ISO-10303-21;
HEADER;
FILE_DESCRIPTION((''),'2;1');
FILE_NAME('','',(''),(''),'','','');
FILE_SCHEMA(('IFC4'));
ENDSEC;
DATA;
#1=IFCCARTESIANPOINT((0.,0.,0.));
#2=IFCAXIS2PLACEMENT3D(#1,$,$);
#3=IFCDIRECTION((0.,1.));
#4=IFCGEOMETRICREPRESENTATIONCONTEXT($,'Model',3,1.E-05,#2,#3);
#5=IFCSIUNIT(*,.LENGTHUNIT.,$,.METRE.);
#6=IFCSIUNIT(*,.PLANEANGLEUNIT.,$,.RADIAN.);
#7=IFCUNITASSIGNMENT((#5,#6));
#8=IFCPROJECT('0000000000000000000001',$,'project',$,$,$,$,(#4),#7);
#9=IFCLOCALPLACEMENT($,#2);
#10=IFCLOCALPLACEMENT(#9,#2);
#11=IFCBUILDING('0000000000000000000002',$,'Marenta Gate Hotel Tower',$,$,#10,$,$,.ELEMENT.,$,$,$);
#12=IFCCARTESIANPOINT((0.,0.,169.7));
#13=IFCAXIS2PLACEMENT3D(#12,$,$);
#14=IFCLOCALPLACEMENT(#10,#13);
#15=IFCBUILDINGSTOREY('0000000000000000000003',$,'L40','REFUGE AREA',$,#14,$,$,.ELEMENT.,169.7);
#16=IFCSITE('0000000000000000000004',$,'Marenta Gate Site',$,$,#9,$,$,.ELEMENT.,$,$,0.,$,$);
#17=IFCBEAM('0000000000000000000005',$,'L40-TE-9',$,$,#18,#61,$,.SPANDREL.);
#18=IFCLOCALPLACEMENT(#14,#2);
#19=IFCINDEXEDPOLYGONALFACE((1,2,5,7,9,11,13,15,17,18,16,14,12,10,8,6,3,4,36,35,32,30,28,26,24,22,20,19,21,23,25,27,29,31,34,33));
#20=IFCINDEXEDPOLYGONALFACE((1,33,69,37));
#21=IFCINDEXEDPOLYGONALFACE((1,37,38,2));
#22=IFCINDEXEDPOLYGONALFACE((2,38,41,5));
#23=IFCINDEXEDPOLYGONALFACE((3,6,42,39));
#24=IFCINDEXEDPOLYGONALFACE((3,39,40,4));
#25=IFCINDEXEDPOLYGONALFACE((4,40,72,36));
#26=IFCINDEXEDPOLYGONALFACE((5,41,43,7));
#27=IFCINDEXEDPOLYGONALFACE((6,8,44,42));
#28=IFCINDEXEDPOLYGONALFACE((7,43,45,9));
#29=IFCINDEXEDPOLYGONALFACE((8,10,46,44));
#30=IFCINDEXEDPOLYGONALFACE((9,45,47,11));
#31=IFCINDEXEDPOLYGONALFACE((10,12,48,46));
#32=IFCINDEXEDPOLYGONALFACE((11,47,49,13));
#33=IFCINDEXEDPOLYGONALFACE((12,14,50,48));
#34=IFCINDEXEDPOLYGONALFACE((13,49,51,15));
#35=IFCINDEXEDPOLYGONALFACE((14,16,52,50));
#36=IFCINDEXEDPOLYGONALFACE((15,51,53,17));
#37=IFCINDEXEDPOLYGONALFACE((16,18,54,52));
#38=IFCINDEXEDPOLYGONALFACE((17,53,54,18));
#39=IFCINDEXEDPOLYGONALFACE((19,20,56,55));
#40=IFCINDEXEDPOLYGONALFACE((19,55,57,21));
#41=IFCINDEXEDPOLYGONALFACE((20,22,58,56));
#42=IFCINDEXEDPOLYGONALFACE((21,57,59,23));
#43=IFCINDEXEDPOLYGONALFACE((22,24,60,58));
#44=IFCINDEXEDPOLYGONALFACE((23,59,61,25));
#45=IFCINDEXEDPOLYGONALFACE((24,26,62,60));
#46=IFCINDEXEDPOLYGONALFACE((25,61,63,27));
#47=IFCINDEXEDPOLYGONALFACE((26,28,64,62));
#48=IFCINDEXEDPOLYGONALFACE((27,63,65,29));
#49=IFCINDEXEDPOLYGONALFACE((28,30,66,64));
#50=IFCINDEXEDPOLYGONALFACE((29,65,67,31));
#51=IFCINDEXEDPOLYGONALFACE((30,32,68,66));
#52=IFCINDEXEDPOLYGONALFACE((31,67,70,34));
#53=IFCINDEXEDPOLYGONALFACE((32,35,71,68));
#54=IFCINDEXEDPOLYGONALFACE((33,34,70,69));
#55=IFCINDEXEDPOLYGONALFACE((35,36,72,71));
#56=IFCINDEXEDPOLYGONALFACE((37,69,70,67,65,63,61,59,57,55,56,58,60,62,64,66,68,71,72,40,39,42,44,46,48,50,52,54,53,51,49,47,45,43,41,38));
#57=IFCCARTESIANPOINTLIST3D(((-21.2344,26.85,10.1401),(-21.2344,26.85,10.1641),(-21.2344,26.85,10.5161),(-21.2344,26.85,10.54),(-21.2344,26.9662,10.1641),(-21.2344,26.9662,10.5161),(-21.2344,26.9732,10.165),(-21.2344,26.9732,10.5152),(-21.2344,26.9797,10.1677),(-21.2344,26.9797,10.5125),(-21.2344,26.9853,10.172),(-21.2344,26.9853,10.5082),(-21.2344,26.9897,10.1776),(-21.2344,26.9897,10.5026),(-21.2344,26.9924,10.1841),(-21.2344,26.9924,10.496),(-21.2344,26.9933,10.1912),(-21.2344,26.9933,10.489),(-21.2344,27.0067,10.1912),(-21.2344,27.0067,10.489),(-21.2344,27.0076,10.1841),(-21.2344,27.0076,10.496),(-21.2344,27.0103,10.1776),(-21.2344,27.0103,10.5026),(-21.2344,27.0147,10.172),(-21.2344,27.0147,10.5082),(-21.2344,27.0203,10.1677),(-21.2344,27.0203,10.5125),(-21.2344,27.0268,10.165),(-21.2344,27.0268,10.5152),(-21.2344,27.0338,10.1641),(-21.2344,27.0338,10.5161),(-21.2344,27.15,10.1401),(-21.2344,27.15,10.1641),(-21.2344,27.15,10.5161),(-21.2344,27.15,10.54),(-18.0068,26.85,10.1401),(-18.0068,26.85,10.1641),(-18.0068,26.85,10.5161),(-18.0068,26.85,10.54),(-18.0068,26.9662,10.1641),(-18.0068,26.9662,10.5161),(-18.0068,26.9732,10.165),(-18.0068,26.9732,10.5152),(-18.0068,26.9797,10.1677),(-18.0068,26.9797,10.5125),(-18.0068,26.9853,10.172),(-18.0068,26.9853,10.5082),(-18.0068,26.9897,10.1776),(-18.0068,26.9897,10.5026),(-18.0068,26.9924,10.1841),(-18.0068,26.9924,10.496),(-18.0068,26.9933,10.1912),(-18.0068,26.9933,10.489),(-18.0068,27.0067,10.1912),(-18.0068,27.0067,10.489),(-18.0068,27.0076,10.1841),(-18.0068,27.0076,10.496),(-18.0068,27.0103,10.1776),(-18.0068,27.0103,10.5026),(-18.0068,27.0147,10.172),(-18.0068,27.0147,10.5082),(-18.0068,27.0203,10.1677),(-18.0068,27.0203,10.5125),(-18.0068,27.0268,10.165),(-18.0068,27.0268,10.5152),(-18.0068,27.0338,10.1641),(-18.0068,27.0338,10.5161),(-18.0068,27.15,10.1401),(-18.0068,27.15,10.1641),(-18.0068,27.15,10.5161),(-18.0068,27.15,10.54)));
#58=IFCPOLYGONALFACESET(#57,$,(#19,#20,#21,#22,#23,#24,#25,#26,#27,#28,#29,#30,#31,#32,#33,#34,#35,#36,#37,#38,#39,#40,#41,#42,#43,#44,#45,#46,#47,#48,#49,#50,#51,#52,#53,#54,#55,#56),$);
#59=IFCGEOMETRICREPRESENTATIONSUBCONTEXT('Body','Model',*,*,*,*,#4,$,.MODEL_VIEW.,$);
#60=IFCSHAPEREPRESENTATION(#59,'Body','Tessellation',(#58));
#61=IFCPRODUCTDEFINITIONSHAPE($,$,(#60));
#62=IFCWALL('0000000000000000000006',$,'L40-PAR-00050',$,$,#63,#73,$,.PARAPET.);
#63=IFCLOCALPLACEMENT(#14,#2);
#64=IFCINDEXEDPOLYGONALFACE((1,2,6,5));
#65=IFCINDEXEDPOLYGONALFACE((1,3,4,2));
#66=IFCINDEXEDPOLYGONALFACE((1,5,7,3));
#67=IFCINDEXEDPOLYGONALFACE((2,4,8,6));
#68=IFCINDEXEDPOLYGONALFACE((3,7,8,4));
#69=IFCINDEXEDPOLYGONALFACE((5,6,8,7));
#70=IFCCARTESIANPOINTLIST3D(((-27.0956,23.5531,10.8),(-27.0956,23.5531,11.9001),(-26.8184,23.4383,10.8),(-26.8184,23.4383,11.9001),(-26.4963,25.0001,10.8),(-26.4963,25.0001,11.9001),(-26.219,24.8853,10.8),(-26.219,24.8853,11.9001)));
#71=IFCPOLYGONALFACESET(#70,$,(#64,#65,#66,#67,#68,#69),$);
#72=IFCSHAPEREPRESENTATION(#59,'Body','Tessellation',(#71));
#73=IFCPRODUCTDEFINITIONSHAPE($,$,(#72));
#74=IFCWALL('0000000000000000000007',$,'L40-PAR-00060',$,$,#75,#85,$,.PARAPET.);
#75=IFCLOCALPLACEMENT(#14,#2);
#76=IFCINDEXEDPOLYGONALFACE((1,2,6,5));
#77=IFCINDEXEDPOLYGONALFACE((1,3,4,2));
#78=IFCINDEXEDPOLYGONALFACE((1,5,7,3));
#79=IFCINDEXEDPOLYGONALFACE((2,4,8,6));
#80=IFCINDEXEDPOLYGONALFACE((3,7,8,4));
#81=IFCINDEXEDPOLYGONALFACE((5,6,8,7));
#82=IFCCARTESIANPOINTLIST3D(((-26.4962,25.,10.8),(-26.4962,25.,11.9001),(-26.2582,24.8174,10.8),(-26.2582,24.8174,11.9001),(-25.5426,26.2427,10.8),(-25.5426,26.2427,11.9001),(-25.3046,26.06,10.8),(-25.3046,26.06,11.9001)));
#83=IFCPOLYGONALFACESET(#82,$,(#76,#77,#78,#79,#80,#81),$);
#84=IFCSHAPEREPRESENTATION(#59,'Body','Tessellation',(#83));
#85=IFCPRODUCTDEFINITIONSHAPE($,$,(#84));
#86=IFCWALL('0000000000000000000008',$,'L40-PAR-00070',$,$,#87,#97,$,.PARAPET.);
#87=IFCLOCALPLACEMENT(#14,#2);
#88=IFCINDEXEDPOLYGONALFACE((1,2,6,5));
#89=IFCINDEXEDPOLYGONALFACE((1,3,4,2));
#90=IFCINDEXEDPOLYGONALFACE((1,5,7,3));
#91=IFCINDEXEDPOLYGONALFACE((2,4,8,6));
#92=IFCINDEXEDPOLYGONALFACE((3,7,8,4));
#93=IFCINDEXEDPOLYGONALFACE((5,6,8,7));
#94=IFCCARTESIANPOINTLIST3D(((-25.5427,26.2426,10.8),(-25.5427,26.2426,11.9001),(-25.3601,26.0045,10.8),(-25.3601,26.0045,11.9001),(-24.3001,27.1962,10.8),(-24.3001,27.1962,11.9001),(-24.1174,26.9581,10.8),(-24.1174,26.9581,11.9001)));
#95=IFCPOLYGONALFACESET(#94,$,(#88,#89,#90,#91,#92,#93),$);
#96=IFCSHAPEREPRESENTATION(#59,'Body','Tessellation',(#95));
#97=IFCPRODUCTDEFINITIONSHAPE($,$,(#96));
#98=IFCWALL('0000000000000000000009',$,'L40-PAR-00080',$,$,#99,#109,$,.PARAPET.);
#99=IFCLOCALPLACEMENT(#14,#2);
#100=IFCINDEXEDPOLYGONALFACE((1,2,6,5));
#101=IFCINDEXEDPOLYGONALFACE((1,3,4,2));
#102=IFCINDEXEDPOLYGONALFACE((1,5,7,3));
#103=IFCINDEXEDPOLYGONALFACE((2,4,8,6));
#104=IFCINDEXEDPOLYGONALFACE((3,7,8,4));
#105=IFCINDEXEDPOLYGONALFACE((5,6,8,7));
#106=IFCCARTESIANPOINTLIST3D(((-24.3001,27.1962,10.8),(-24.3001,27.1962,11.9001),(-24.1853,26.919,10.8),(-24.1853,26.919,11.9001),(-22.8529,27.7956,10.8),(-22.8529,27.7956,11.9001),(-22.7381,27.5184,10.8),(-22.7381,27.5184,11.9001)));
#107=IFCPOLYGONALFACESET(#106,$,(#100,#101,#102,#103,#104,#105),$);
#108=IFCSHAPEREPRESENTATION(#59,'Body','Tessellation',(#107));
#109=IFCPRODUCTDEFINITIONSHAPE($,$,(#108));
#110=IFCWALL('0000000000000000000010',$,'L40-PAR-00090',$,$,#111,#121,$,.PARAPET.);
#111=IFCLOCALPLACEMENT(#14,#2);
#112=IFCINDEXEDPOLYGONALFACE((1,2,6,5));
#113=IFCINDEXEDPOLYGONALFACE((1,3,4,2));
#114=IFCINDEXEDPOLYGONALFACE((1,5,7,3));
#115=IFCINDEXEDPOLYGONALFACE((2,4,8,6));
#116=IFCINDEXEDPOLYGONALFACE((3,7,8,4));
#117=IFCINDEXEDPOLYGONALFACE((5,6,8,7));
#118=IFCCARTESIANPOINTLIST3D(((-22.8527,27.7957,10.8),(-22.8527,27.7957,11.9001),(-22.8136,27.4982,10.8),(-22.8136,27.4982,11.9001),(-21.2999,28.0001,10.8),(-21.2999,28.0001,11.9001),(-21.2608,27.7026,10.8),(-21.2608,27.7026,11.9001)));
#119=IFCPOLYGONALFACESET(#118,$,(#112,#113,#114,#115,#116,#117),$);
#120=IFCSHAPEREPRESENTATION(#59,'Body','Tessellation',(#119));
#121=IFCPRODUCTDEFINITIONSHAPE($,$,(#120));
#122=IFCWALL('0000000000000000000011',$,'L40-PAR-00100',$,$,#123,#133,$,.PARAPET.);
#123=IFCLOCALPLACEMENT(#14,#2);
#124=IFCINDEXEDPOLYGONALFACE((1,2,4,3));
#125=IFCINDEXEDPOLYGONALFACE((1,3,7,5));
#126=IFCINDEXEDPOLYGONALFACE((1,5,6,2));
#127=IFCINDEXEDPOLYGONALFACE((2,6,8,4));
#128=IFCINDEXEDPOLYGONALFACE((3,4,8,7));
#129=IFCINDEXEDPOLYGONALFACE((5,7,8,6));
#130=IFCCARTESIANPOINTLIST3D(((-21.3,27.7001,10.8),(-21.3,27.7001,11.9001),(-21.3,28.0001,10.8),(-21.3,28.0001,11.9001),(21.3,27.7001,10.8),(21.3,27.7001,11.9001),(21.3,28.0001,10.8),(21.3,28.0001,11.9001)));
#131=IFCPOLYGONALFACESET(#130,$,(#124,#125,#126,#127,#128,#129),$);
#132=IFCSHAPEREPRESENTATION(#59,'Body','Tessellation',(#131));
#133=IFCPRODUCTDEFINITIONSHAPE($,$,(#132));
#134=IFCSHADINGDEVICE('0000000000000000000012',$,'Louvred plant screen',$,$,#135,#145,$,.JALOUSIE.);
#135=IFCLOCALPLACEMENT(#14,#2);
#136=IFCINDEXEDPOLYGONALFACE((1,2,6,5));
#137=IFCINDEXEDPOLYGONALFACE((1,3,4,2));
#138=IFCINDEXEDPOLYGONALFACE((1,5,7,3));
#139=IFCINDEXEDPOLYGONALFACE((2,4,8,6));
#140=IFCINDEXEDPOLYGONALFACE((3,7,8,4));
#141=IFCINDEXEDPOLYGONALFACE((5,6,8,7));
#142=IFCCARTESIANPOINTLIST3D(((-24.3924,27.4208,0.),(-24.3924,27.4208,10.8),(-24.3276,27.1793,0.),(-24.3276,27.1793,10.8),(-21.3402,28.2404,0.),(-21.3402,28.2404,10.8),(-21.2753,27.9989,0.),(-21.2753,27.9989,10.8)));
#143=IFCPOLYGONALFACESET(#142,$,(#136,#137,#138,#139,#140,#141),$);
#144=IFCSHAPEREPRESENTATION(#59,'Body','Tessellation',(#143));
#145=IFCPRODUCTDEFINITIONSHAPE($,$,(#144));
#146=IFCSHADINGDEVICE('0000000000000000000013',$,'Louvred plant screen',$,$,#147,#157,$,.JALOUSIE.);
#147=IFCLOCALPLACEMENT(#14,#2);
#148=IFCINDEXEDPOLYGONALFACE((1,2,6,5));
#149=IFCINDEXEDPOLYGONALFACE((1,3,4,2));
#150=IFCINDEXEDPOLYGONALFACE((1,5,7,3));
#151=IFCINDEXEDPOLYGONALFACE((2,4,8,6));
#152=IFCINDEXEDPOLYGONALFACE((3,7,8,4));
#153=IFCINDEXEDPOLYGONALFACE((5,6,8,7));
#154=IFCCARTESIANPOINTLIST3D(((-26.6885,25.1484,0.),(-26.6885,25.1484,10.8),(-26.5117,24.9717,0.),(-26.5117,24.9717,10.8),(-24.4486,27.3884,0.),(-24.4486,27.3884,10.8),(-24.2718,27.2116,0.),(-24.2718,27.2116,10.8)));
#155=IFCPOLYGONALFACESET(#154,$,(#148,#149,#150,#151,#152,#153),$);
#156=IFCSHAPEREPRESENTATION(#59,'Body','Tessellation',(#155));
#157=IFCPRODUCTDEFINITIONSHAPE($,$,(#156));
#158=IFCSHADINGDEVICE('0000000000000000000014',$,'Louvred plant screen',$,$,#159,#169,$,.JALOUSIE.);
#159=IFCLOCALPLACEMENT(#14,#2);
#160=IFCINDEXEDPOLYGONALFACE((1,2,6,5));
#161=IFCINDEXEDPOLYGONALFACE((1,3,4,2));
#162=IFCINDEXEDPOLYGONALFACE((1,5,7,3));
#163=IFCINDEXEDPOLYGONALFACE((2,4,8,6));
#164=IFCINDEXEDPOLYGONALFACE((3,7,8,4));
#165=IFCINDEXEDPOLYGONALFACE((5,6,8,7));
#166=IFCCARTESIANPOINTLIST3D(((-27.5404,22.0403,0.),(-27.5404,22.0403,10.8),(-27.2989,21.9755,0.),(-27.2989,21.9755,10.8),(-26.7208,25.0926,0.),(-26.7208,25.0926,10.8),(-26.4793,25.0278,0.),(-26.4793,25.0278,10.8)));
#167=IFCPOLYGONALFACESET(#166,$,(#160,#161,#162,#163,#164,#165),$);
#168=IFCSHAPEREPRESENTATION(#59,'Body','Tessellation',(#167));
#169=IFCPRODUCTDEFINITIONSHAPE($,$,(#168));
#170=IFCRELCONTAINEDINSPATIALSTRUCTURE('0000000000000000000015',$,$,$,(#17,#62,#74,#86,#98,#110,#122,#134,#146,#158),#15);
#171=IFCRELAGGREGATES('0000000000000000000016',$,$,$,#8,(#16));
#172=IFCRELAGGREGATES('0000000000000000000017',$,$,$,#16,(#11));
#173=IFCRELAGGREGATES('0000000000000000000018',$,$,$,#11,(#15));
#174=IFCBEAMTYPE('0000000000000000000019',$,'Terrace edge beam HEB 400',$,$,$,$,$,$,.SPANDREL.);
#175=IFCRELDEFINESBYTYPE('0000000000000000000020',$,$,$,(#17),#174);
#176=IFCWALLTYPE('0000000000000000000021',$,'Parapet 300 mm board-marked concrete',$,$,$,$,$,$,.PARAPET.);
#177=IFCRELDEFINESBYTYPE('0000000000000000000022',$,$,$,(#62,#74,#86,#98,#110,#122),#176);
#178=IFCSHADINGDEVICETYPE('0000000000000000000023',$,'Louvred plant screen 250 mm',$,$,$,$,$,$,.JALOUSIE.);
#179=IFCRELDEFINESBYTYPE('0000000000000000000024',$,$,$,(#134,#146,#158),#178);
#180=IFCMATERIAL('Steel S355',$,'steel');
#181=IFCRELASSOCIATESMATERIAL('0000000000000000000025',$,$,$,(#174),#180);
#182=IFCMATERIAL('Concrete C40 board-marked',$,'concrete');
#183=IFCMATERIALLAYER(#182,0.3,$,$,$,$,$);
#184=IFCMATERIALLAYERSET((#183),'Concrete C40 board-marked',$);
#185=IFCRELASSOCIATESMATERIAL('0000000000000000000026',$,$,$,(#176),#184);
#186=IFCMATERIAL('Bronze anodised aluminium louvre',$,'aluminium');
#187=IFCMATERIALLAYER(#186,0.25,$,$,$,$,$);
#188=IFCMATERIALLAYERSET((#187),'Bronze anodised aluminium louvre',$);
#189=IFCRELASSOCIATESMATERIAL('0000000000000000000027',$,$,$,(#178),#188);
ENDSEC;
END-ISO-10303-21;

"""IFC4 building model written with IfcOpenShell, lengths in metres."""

from ifc_helpers import new_model, si_unit, direction, frame, frame_2d, origin, origin_2d, place, context, subcontext, project, spatial, rectangle, i_section, extrude, material, layer, layer_set, material_profile, profile_set, type_object, element, save


model = new_model("IFC4")

# Units and contexts
model_context = context("Model", 3, precision=1e-05, world=origin(), true_north=direction((0.0, 1.0)))
body_context = subcontext(model_context, "Body", "Model", "MODEL_VIEW")
ifc_project = project(units=[si_unit("LENGTHUNIT", "METRE"), si_unit("PLANEANGLEUNIT", "RADIAN")], contexts=[model_context])

# Site, building, storey
site_placement = place(None, origin())
site = spatial("IfcSite", under=ifc_project, at=site_placement, Name="Marenta Gate Site", CompositionType="ELEMENT", RefElevation=0.0)
building_placement = place(site_placement, origin())
building = spatial("IfcBuilding", under=site, at=building_placement, Name="Marenta Gate Hotel Tower", CompositionType="ELEMENT")
storey_placement = place(building_placement, frame((0.0, 0.0, 169.7)))
storey = spatial("IfcBuildingStorey", under=building, at=storey_placement, Name="L40", Description="REFUGE AREA", CompositionType="ELEMENT", Elevation=169.7)

# Beam
ifc_material_1 = material(Name="Steel S355", Category="steel")
ifc_material_profile_1 = material_profile(ifc_material_1, i_section(OverallWidth=0.3, OverallDepth=0.3999, WebThickness=0.0134, FlangeThickness=0.0239, FilletRadius=0.0271, at=origin_2d()), Name="HEB 400")
ifc_profile_set_1 = profile_set([ifc_material_profile_1], Name="Steel S355")
beam_type_1 = type_object("IfcBeamType", Name="Terrace edge beam HEB 400", PredefinedType="SPANDREL", material=ifc_profile_set_1)
beam_1_placement = place(storey_placement, frame((-21.2344, 27.0, 10.3401), z_axis=(1.0, 0.0, 0.0), x_axis=(0.0, 1.0, 0.0)))
element("IfcBeam", 1, at=beam_1_placement, inside=storey, type_object=beam_type_1, Name="L40-TE-9", PredefinedType="SPANDREL", context=body_context, shape_type="SweptSolid", body=[
    extrude(i_section(OverallWidth=0.3, OverallDepth=0.3999, WebThickness=0.0134, FlangeThickness=0.0239, FilletRadius=0.0271, at=origin_2d()), origin(), (0.0, 0.0, 1.0), 3.2275),
])

# Walls
ifc_material_2 = material(Name="Concrete C40 board-marked", Category="concrete")
ifc_layer_1 = layer(ifc_material_2, 0.3)
ifc_layer_set_1 = layer_set([ifc_layer_1], Name="Concrete C40 board-marked")
wall_type = type_object("IfcWallType", Name="Parapet 300 mm board-marked concrete", PredefinedType="PARAPET", material=ifc_layer_set_1)
wall_1_placement = place(storey_placement, frame((-26.957, 23.4956, 10.8), z_axis=(0.0, 0.0, 1.0), x_axis=(0.382678, 0.923882, 0.0)))
element("IfcWall", 2, at=wall_1_placement, inside=storey, type_object=wall_type, Name="L40-PAR-00050", PredefinedType="PARAPET", context=body_context, shape_type="SweptSolid", body=[
    extrude(rectangle(XDim=1.5662, YDim=0.3, at=frame_2d((0.7832, 0.0))), origin(), (0.0, 0.0, 1.0), 1.1001),
])
for number, where, z_axis, x_axis, name in (
    (3, (-26.3772, 24.9087, 10.8), (0.0, 0.0, 1.0), (0.608791, 0.79333, 0.0), "L40-PAR-00060"),
    (4, (-25.4514, 26.1235, 10.8), (0.0, 0.0, 1.0), (0.79333, 0.608791, 0.0), "L40-PAR-00070"),
    (5, (-24.2427, 27.0576, 10.8), (0.0, 0.0, 1.0), (0.923905, 0.382623, 0.0), "L40-PAR-00080"),
):
    element("IfcWall", number, at=place(storey_placement, frame(where, z_axis=z_axis, x_axis=x_axis)), inside=storey, type_object=wall_type, Name=name, PredefinedType="PARAPET", context=body_context, shape_type="SweptSolid", body=[
        extrude(rectangle(XDim=1.5664, YDim=0.3, at=frame_2d((0.7832, 0.0))), origin(), (0.0, 0.0, 1.0), 1.1001),
    ])
wall_2_placement = place(storey_placement, frame((-22.8333, 27.647, 10.8), z_axis=(0.0, 0.0, 1.0), x_axis=(0.991451, 0.130479, 0.0)))
element("IfcWall", 6, at=wall_2_placement, inside=storey, type_object=wall_type, Name="L40-PAR-00090", PredefinedType="PARAPET", context=body_context, shape_type="SweptSolid", body=[
    extrude(rectangle(XDim=1.5662, YDim=0.3, at=frame_2d((0.7832, 0.0))), origin(), (0.0, 0.0, 1.0), 1.1001),
])
wall_3_placement = place(storey_placement, frame((-21.3, 27.8501, 10.8), z_axis=(0.0, 0.0, 1.0), x_axis=(1.0, 0.0, 0.0)))
element("IfcWall", 7, at=wall_3_placement, inside=storey, type_object=wall_type, Name="L40-PAR-00100", PredefinedType="PARAPET", context=body_context, shape_type="SweptSolid", body=[
    extrude(rectangle(XDim=42.6001, YDim=0.3, at=frame_2d((21.3, 0.0))), origin(), (0.0, 0.0, 1.0), 1.1001),
])

# Shading devices
ifc_material_3 = material(Name="Bronze anodised aluminium louvre", Category="aluminium")
ifc_layer_2 = layer(ifc_material_3, 0.25)
ifc_layer_set_2 = layer_set([ifc_layer_2], Name="Bronze anodised aluminium louvre")
shading_device_type = type_object("IfcShadingDeviceType", Name="Louvred plant screen 250 mm", PredefinedType="JALOUSIE", material=ifc_layer_set_2)
shading_device_1_placement = place(storey_placement, frame((-21.3079, 28.1196, 0.0), z_axis=(0.0, 0.0, 1.0), x_axis=(-0.965789, -0.259331, 0.0)))
element("IfcShadingDevice", 8, at=shading_device_1_placement, inside=storey, type_object=shading_device_type, Name="Louvred plant screen", PredefinedType="JALOUSIE", context=body_context, shape_type="SweptSolid", body=[
    extrude(rectangle(XDim=3.1604, YDim=0.25, at=frame_2d((1.5801, 0.0))), origin(), (0.0, 0.0, 1.0), 10.8),
])
shading_device_2_placement = place(storey_placement, frame((-24.3601, 27.3, 0.0), z_axis=(0.0, 0.0, 1.0), x_axis=(-0.707107, -0.707107, 0.0)))
element("IfcShadingDevice", 9, at=shading_device_2_placement, inside=storey, type_object=shading_device_type, Name="Louvred plant screen", PredefinedType="JALOUSIE", context=body_context, shape_type="SweptSolid", body=[
    extrude(rectangle(XDim=3.1677, YDim=0.25, at=frame_2d((1.584, 0.0))), origin(), (0.0, 0.0, 1.0), 10.8),
])
shading_device_3_placement = place(storey_placement, frame((-26.6001, 25.0601, 0.0), z_axis=(0.0, 0.0, 1.0), x_axis=(-0.259331, -0.965789, 0.0)))
element("IfcShadingDevice", 10, at=shading_device_3_placement, inside=storey, type_object=shading_device_type, Name="Louvred plant screen", PredefinedType="JALOUSIE", context=body_context, shape_type="SweptSolid", body=[
    extrude(rectangle(XDim=3.1604, YDim=0.25, at=frame_2d((1.5801, 0.0))), origin(), (0.0, 0.0, 1.0), 10.8),
])

save(model, "model.ifc")
